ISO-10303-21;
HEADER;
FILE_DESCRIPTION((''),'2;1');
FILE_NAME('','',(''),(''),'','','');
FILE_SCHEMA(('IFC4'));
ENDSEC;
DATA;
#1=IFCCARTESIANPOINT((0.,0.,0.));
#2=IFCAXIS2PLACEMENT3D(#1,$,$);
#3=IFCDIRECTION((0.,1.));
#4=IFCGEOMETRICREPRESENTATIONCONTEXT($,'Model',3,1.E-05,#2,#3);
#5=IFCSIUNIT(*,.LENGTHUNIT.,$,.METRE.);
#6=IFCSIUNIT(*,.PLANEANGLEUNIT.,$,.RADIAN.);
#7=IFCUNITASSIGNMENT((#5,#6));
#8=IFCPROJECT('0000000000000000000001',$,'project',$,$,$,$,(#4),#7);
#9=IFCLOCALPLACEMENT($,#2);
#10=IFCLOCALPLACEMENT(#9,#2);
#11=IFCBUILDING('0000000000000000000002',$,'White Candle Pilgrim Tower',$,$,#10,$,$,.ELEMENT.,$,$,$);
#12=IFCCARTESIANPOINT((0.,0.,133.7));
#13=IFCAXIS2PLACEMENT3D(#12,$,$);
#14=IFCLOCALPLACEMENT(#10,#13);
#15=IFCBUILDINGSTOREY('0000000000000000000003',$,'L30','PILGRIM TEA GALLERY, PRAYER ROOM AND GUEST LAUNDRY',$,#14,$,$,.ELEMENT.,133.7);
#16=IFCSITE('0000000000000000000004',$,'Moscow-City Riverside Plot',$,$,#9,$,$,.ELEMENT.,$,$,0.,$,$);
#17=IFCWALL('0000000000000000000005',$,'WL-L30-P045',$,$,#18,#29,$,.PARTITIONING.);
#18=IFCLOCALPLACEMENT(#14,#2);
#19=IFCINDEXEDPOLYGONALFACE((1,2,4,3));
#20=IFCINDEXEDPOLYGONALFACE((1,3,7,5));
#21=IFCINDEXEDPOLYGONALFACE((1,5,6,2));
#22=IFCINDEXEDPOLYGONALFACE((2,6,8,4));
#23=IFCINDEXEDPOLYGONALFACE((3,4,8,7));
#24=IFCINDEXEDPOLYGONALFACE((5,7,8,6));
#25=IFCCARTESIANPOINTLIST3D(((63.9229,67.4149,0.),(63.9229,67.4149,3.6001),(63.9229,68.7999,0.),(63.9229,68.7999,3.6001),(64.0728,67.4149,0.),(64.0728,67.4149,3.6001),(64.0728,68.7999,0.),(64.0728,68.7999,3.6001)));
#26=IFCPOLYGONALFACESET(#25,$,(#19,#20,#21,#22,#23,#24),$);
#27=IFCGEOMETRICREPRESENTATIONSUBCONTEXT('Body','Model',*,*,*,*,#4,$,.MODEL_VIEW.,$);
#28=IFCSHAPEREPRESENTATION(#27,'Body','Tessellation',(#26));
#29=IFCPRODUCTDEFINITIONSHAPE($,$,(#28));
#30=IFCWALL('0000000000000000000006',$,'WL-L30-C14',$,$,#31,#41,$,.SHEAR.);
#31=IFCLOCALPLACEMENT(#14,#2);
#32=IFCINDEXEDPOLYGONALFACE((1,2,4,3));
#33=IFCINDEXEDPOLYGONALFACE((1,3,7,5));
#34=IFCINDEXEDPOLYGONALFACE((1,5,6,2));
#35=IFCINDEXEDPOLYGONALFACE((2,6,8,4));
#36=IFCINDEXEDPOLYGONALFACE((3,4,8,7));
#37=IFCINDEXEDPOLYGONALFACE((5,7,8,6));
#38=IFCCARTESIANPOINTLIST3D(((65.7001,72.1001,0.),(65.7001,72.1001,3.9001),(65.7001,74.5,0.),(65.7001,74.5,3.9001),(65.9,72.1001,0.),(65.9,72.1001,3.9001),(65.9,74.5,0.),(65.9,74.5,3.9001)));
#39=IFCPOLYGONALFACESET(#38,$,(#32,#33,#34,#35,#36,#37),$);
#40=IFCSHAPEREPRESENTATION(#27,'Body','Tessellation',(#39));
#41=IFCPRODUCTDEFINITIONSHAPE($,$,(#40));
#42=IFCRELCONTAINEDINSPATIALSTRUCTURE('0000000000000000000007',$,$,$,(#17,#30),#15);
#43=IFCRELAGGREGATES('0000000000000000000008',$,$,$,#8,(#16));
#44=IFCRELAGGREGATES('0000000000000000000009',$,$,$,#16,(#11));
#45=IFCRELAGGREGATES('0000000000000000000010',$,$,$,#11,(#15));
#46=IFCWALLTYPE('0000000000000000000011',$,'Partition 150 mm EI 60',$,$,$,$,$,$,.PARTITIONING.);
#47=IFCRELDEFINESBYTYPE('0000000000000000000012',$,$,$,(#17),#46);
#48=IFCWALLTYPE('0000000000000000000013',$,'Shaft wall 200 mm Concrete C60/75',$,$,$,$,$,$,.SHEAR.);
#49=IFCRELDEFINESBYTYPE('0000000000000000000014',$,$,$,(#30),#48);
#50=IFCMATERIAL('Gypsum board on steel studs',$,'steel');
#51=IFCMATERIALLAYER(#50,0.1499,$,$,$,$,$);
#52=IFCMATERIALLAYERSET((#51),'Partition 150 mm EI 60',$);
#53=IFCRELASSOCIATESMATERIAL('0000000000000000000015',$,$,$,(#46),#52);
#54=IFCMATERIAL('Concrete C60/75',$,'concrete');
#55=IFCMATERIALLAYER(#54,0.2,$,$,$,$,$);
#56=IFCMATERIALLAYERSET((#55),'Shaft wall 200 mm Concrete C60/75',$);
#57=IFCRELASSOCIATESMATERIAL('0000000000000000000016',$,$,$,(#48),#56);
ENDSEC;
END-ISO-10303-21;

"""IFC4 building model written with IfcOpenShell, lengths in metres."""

from ifc_helpers import new_model, si_unit, direction, frame, frame_2d, origin, place, context, subcontext, project, spatial, rectangle, extrude, material, layer, layer_set, type_object, element, save


model = new_model("IFC4")

# Units and contexts
model_context = context("Model", 3, precision=1e-05, world=origin(), true_north=direction((0.0, 1.0)))
body_context = subcontext(model_context, "Body", "Model", "MODEL_VIEW")
ifc_project = project(units=[si_unit("LENGTHUNIT", "METRE"), si_unit("PLANEANGLEUNIT", "RADIAN")], contexts=[model_context])

# Site, building, storey
site_placement = place(None, origin())
site = spatial("IfcSite", under=ifc_project, at=site_placement, Name="Moscow-City Riverside Plot", CompositionType="ELEMENT", RefElevation=0.0)
building_placement = place(site_placement, origin())
building = spatial("IfcBuilding", under=site, at=building_placement, Name="White Candle Pilgrim Tower", CompositionType="ELEMENT")
storey_placement = place(building_placement, frame((0.0, 0.0, 133.7)))
storey = spatial("IfcBuildingStorey", under=building, at=storey_placement, Name="L30", Description="PILGRIM TEA GALLERY, PRAYER ROOM AND GUEST LAUNDRY", CompositionType="ELEMENT", Elevation=133.7)

# Shared definitions
ifc_material_1 = material(Name="Gypsum board on steel studs", Category="steel")

# Walls
ifc_layer_1 = layer(ifc_material_1, 0.1499)
ifc_layer_set_1 = layer_set([ifc_layer_1], Name="Partition 150 mm EI 60")
wall_type_1 = type_object("IfcWallType", Name="Partition 150 mm EI 60", PredefinedType="PARTITIONING", material=ifc_layer_set_1)
wall_1_placement = place(storey_placement, frame((63.9978, 67.415, 0.0), z_axis=(0.0, 0.0, 1.0), x_axis=(0.0, 1.0, 0.0)))
element("IfcWall", 1, at=wall_1_placement, inside=storey, type_object=wall_type_1, Name="WL-L30-P045", PredefinedType="PARTITIONING", context=body_context, shape_type="SweptSolid", body=[
    extrude(rectangle(XDim=1.385, YDim=0.1499, at=frame_2d((0.6924, 0.0))), origin(), (0.0, 0.0, 1.0), 3.6001),
])
ifc_material_2 = material(Name="Concrete C60/75", Category="concrete")
ifc_layer_2 = layer(ifc_material_2, 0.2)
ifc_layer_set_2 = layer_set([ifc_layer_2], Name="Shaft wall 200 mm Concrete C60/75")
wall_type_2 = type_object("IfcWallType", Name="Shaft wall 200 mm Concrete C60/75", PredefinedType="SHEAR", material=ifc_layer_set_2)
wall_2_placement = place(storey_placement, frame((65.8, 72.1001, 0.0), z_axis=(0.0, 0.0, 1.0), x_axis=(0.0, 1.0, 0.0)))
element("IfcWall", 2, at=wall_2_placement, inside=storey, type_object=wall_type_2, Name="WL-L30-C14", PredefinedType="SHEAR", context=body_context, shape_type="SweptSolid", body=[
    extrude(rectangle(XDim=2.3999, YDim=0.2, at=frame_2d((1.2, 0.0))), origin(), (0.0, 0.0, 1.0), 3.9001),
])

save(model, "model.ifc")
